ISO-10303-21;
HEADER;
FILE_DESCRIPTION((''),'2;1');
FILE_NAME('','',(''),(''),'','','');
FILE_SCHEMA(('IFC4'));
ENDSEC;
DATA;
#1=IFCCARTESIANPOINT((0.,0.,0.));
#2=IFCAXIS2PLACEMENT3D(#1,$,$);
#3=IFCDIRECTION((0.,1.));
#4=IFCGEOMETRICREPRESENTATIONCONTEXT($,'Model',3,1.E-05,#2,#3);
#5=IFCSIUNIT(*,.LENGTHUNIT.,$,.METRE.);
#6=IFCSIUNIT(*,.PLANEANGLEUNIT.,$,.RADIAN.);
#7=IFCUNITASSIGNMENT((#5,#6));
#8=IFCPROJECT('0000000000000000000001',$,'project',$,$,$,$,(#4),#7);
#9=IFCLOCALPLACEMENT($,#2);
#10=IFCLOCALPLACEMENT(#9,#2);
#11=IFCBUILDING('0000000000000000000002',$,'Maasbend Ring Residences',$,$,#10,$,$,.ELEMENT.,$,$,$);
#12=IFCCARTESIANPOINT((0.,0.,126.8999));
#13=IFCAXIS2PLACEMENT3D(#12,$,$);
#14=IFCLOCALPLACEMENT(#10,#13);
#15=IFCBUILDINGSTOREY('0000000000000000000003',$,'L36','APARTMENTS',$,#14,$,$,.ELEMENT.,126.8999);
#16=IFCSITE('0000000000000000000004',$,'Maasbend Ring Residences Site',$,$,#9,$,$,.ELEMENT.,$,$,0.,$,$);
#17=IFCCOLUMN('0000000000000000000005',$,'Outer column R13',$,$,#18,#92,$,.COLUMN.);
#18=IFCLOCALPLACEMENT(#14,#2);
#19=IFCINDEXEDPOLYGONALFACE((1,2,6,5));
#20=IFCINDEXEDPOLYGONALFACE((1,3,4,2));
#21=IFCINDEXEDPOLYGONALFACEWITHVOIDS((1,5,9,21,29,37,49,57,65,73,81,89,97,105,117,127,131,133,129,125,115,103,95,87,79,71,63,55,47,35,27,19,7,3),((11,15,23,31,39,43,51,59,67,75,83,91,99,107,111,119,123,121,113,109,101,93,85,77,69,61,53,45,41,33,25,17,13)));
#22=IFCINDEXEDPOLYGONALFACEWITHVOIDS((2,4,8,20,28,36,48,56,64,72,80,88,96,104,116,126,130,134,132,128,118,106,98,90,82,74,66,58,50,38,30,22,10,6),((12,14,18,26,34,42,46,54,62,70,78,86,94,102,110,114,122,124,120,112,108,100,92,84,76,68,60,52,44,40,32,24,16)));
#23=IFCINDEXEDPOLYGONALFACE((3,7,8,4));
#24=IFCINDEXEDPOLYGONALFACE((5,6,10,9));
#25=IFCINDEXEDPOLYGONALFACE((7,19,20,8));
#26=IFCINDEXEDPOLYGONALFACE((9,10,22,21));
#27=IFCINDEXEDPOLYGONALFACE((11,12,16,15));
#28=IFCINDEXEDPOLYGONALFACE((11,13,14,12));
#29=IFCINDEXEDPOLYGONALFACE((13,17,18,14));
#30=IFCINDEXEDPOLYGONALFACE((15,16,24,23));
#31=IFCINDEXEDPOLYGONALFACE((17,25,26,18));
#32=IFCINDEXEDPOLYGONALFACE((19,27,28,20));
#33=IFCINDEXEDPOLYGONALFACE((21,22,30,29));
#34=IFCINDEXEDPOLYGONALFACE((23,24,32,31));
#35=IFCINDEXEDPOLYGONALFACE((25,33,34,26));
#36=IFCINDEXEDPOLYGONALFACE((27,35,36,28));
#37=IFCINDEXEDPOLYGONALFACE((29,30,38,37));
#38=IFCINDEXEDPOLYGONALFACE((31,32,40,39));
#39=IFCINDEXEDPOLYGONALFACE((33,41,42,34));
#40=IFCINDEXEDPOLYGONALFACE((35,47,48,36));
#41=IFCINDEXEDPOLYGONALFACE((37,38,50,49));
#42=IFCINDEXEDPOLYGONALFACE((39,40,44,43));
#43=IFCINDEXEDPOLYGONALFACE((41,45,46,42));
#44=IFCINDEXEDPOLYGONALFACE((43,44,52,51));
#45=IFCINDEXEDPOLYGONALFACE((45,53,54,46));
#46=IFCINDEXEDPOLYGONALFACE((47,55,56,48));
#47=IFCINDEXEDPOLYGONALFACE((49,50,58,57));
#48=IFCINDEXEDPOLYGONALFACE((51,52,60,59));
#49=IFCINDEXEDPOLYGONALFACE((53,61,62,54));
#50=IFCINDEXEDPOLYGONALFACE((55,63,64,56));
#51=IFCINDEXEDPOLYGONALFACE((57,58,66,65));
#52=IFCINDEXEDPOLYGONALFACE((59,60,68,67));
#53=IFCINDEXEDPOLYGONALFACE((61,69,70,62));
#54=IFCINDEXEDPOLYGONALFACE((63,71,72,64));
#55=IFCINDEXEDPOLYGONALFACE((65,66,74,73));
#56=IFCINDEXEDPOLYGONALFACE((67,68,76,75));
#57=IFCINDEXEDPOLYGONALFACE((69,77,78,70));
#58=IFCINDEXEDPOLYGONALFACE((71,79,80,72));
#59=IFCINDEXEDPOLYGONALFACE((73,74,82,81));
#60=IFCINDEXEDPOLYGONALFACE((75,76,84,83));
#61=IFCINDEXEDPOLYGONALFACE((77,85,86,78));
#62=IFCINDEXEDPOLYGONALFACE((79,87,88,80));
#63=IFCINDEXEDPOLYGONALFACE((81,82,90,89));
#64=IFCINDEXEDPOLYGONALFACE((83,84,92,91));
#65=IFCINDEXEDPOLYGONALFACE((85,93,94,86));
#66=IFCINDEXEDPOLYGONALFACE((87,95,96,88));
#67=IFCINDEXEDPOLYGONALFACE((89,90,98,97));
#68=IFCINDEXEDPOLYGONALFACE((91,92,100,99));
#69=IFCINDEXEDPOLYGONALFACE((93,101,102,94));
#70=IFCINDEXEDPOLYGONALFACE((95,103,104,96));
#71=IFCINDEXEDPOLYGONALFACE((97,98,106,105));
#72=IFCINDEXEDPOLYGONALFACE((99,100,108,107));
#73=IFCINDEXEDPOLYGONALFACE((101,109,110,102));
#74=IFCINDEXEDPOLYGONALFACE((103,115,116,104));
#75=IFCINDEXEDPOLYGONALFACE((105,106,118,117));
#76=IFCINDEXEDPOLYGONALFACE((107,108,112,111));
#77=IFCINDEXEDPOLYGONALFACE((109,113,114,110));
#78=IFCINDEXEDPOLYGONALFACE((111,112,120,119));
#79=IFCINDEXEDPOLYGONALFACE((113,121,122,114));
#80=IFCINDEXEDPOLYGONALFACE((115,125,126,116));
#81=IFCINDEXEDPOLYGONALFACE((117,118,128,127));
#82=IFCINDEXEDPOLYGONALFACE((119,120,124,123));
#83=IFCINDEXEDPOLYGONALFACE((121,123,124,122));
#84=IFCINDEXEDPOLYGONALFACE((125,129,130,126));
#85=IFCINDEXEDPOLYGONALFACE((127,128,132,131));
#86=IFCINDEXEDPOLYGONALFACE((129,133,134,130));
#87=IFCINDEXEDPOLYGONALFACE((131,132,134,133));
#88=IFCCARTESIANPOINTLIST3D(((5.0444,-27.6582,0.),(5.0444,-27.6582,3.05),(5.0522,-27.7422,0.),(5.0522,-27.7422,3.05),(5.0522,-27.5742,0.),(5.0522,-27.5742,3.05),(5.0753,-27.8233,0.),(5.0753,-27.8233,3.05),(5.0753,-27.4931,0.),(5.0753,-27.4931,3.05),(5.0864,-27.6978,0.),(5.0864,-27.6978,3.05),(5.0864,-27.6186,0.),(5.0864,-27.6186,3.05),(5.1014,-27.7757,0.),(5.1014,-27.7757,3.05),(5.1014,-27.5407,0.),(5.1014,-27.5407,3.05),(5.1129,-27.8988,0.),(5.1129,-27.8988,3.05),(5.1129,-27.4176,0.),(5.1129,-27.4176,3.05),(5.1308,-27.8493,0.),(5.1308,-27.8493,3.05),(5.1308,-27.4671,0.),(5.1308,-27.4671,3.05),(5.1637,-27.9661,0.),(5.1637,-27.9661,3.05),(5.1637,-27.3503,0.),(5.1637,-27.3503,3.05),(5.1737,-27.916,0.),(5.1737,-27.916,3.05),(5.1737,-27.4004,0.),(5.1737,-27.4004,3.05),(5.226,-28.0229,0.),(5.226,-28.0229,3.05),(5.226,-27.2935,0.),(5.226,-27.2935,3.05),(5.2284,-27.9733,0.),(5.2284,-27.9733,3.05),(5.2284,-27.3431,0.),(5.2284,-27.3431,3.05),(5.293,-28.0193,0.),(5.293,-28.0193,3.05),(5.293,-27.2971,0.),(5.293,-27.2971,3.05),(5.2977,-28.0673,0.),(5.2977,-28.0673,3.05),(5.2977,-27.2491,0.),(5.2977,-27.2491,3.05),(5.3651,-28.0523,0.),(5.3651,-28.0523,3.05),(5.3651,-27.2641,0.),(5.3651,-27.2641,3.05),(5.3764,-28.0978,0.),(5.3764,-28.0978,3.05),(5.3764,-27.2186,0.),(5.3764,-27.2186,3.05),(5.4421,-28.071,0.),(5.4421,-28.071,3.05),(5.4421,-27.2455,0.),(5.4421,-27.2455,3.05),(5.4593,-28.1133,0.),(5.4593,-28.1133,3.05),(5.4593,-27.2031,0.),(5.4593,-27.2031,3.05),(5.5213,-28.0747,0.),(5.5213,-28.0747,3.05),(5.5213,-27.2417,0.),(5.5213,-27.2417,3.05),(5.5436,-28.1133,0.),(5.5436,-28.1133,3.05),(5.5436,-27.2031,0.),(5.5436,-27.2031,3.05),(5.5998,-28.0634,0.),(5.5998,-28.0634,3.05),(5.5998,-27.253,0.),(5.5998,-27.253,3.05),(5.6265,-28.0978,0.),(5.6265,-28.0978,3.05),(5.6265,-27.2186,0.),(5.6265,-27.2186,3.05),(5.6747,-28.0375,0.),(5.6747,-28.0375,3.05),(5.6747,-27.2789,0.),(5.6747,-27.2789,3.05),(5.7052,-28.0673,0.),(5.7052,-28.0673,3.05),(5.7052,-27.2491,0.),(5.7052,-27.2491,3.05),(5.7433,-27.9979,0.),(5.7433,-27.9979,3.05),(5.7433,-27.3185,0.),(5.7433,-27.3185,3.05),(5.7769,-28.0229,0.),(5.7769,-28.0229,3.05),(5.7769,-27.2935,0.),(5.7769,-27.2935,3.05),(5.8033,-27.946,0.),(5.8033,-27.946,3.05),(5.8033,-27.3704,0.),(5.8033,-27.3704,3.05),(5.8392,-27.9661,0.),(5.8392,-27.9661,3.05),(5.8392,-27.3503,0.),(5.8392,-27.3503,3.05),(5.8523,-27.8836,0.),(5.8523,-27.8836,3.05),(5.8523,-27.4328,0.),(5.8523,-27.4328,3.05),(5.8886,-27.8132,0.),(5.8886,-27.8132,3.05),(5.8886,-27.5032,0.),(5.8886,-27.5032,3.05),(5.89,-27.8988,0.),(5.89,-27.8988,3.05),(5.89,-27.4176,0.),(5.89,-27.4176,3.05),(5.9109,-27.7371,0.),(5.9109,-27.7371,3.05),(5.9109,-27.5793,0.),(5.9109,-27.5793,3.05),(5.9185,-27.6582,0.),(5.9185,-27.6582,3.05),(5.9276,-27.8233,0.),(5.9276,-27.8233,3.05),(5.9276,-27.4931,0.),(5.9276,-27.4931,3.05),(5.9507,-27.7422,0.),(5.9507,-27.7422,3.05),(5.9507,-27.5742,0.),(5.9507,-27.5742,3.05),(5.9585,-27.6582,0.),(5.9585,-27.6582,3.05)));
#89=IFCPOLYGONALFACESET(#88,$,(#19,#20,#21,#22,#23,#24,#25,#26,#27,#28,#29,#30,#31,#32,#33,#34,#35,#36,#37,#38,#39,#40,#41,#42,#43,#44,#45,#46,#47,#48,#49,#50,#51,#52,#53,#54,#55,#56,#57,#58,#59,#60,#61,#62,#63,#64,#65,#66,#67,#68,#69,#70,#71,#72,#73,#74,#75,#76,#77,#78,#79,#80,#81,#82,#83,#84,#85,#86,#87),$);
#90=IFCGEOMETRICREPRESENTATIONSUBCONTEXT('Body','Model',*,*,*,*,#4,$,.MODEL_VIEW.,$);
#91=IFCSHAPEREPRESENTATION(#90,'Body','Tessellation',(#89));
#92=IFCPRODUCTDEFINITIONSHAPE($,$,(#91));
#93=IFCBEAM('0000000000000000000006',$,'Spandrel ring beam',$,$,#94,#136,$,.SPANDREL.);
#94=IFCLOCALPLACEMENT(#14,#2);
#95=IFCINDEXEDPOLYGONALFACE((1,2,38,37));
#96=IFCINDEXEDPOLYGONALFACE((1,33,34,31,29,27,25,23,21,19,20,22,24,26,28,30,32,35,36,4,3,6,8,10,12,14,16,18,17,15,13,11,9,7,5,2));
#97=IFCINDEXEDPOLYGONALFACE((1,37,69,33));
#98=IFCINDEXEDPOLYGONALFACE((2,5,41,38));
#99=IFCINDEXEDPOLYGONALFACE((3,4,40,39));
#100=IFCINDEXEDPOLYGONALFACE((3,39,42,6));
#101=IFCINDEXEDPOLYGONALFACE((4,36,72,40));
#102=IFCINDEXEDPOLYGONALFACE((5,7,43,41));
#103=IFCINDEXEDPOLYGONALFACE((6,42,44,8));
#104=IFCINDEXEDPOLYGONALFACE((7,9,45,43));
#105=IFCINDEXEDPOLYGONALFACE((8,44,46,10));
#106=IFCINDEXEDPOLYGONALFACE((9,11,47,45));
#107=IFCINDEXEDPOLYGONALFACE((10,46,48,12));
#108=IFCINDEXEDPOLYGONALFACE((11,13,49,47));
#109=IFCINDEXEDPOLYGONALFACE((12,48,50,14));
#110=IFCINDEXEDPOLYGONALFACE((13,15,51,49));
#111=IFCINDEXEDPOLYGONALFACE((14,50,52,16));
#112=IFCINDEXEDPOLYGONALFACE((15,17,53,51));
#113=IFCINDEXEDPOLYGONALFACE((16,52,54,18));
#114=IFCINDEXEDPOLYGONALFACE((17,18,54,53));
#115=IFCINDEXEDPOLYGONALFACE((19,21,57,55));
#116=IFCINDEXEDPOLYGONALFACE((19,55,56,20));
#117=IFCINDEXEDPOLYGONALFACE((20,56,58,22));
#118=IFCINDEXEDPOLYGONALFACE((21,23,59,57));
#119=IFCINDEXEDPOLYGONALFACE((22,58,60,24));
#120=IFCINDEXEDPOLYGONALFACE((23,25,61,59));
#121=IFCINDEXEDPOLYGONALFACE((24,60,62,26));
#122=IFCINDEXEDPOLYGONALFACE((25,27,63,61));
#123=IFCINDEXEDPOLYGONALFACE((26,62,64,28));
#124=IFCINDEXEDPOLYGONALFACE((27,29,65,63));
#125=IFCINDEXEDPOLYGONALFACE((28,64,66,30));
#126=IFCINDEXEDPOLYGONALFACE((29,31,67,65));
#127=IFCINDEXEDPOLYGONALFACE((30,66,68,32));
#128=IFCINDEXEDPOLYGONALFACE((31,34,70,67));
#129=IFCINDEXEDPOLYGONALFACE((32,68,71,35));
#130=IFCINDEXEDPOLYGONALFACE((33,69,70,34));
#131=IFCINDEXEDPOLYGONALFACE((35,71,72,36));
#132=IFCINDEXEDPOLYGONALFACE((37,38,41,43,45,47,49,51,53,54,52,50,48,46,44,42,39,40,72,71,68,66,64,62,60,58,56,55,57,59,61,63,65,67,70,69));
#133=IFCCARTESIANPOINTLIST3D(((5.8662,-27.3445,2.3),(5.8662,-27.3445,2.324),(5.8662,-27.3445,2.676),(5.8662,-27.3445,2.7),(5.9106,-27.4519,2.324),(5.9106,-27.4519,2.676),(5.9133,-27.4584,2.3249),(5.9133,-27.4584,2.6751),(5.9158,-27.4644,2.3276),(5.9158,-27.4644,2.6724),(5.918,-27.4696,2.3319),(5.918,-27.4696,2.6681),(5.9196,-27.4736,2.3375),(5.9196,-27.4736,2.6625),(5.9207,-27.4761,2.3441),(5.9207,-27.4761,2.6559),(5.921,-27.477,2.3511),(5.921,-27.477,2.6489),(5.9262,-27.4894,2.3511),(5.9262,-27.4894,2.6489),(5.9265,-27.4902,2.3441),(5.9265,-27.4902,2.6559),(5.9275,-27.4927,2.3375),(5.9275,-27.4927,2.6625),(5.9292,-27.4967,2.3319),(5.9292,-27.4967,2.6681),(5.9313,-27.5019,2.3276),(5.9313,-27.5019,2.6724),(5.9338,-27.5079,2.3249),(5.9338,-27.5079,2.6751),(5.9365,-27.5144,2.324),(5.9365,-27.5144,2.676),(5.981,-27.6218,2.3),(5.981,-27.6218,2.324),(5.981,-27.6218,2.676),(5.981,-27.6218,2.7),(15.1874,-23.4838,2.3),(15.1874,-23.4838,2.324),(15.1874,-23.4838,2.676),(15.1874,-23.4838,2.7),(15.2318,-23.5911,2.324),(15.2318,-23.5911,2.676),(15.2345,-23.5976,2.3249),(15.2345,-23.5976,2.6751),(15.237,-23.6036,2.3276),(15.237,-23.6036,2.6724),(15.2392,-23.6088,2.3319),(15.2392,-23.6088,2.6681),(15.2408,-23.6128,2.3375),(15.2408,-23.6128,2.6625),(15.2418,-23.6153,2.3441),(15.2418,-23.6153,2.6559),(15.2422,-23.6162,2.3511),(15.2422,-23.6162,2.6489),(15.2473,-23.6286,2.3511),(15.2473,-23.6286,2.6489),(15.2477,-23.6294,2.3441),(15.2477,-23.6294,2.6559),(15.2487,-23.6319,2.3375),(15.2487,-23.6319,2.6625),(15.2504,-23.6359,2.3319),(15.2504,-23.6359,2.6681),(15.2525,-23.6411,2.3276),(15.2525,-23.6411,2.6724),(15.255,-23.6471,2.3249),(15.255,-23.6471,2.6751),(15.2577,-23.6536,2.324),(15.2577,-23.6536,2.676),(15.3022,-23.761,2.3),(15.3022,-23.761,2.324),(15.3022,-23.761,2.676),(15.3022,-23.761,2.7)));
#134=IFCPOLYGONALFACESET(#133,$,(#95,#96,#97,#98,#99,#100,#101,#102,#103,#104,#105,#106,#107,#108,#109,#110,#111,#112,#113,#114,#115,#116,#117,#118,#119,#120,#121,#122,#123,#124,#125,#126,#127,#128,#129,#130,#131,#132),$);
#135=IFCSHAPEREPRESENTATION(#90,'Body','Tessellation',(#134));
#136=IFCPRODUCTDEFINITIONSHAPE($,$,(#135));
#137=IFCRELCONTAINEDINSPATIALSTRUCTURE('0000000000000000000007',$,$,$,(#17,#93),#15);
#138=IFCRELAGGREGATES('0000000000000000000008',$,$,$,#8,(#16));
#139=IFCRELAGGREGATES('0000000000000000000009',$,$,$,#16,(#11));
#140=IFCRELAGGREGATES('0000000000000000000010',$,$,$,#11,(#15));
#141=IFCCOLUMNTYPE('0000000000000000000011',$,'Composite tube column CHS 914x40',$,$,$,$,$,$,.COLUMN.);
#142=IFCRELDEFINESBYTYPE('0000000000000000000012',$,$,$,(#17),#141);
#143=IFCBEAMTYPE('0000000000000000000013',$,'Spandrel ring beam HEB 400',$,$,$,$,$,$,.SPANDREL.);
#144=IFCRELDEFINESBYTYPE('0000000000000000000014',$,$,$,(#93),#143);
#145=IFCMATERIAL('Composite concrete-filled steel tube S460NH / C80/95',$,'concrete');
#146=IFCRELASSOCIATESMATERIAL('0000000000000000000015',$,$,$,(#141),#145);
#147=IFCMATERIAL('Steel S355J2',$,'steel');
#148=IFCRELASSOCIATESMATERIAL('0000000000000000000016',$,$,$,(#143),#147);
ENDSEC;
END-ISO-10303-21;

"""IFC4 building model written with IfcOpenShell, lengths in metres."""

from ifc_helpers import new_model, si_unit, direction, frame, origin, origin_2d, place, context, subcontext, project, spatial, hollow_circle, i_section, extrude, material, material_profile, profile_set, type_object, element, save


model = new_model("IFC4")

# Units and contexts
model_context = context("Model", 3, precision=1e-05, world=origin(), true_north=direction((0.0, 1.0)))
body_context = subcontext(model_context, "Body", "Model", "MODEL_VIEW")
ifc_project = project(units=[si_unit("LENGTHUNIT", "METRE"), si_unit("PLANEANGLEUNIT", "RADIAN")], contexts=[model_context])

# Site, building, storey
site_placement = place(None, origin())
site = spatial("IfcSite", under=ifc_project, at=site_placement, Name="Maasbend Ring Residences Site", CompositionType="ELEMENT", RefElevation=0.0)
building_placement = place(site_placement, origin())
building = spatial("IfcBuilding", under=site, at=building_placement, Name="Maasbend Ring Residences", CompositionType="ELEMENT")
storey_placement = place(building_placement, frame((0.0, 0.0, 126.8999)))
storey = spatial("IfcBuildingStorey", under=building, at=storey_placement, Name="L36", Description="APARTMENTS", CompositionType="ELEMENT", Elevation=126.8999)

# Column
ifc_material_1 = material(Name="Composite concrete-filled steel tube S460NH / C80/95", Category="concrete")
ifc_material_profile_1 = material_profile(ifc_material_1, hollow_circle(Radius=0.457, WallThickness=0.04, at=origin_2d()), Name="Composite tube column CHS 914x40")
ifc_profile_set_1 = profile_set([ifc_material_profile_1], Name="Composite concrete-filled steel tube S460NH / C80/95")
column_type = type_object("IfcColumnType", Name="Composite tube column CHS 914x40", PredefinedType="COLUMN", material=ifc_profile_set_1)
column_placement = place(storey_placement, frame((5.5015, -27.6582, 0.0), z_axis=(0.0, 0.0, 1.0), x_axis=(1.0, 0.0, 0.0)))
element("IfcColumn", 1, at=column_placement, inside=storey, type_object=column_type, Name="Outer column R13", PredefinedType="COLUMN", context=body_context, shape_type="SweptSolid", body=[
    extrude(hollow_circle(Radius=0.457, WallThickness=0.04, at=origin_2d()), origin(), (0.0, 0.0, 1.0), 3.05),
])

# Beam
ifc_material_2 = material(Name="Steel S355J2", Category="steel")
ifc_material_profile_2 = material_profile(ifc_material_2, i_section(OverallWidth=0.3, OverallDepth=0.3999, WebThickness=0.0134, FlangeThickness=0.0239, FilletRadius=0.0271, at=origin_2d()), Name="HEB 400")
ifc_profile_set_2 = profile_set([ifc_material_profile_2], Name="Steel S355J2")
beam_type = type_object("IfcBeamType", Name="Spandrel ring beam HEB 400", PredefinedType="SPANDREL", material=ifc_profile_set_2)
beam_placement = place(storey_placement, frame((5.9236, -27.4832, 2.5), z_axis=(0.923885, 0.38267, 0.0), x_axis=(-0.38267, 0.923885, 0.0)))
element("IfcBeam", 2, at=beam_placement, inside=storey, type_object=beam_type, Name="Spandrel ring beam", PredefinedType="SPANDREL", context=body_context, shape_type="SweptSolid", body=[
    extrude(i_section(OverallWidth=0.3, OverallDepth=0.3999, WebThickness=0.0134, FlangeThickness=0.0239, FilletRadius=0.0271, at=origin_2d()), origin(), (0.0, 0.0, 1.0), 10.0891),
])

save(model, "model.ifc")
